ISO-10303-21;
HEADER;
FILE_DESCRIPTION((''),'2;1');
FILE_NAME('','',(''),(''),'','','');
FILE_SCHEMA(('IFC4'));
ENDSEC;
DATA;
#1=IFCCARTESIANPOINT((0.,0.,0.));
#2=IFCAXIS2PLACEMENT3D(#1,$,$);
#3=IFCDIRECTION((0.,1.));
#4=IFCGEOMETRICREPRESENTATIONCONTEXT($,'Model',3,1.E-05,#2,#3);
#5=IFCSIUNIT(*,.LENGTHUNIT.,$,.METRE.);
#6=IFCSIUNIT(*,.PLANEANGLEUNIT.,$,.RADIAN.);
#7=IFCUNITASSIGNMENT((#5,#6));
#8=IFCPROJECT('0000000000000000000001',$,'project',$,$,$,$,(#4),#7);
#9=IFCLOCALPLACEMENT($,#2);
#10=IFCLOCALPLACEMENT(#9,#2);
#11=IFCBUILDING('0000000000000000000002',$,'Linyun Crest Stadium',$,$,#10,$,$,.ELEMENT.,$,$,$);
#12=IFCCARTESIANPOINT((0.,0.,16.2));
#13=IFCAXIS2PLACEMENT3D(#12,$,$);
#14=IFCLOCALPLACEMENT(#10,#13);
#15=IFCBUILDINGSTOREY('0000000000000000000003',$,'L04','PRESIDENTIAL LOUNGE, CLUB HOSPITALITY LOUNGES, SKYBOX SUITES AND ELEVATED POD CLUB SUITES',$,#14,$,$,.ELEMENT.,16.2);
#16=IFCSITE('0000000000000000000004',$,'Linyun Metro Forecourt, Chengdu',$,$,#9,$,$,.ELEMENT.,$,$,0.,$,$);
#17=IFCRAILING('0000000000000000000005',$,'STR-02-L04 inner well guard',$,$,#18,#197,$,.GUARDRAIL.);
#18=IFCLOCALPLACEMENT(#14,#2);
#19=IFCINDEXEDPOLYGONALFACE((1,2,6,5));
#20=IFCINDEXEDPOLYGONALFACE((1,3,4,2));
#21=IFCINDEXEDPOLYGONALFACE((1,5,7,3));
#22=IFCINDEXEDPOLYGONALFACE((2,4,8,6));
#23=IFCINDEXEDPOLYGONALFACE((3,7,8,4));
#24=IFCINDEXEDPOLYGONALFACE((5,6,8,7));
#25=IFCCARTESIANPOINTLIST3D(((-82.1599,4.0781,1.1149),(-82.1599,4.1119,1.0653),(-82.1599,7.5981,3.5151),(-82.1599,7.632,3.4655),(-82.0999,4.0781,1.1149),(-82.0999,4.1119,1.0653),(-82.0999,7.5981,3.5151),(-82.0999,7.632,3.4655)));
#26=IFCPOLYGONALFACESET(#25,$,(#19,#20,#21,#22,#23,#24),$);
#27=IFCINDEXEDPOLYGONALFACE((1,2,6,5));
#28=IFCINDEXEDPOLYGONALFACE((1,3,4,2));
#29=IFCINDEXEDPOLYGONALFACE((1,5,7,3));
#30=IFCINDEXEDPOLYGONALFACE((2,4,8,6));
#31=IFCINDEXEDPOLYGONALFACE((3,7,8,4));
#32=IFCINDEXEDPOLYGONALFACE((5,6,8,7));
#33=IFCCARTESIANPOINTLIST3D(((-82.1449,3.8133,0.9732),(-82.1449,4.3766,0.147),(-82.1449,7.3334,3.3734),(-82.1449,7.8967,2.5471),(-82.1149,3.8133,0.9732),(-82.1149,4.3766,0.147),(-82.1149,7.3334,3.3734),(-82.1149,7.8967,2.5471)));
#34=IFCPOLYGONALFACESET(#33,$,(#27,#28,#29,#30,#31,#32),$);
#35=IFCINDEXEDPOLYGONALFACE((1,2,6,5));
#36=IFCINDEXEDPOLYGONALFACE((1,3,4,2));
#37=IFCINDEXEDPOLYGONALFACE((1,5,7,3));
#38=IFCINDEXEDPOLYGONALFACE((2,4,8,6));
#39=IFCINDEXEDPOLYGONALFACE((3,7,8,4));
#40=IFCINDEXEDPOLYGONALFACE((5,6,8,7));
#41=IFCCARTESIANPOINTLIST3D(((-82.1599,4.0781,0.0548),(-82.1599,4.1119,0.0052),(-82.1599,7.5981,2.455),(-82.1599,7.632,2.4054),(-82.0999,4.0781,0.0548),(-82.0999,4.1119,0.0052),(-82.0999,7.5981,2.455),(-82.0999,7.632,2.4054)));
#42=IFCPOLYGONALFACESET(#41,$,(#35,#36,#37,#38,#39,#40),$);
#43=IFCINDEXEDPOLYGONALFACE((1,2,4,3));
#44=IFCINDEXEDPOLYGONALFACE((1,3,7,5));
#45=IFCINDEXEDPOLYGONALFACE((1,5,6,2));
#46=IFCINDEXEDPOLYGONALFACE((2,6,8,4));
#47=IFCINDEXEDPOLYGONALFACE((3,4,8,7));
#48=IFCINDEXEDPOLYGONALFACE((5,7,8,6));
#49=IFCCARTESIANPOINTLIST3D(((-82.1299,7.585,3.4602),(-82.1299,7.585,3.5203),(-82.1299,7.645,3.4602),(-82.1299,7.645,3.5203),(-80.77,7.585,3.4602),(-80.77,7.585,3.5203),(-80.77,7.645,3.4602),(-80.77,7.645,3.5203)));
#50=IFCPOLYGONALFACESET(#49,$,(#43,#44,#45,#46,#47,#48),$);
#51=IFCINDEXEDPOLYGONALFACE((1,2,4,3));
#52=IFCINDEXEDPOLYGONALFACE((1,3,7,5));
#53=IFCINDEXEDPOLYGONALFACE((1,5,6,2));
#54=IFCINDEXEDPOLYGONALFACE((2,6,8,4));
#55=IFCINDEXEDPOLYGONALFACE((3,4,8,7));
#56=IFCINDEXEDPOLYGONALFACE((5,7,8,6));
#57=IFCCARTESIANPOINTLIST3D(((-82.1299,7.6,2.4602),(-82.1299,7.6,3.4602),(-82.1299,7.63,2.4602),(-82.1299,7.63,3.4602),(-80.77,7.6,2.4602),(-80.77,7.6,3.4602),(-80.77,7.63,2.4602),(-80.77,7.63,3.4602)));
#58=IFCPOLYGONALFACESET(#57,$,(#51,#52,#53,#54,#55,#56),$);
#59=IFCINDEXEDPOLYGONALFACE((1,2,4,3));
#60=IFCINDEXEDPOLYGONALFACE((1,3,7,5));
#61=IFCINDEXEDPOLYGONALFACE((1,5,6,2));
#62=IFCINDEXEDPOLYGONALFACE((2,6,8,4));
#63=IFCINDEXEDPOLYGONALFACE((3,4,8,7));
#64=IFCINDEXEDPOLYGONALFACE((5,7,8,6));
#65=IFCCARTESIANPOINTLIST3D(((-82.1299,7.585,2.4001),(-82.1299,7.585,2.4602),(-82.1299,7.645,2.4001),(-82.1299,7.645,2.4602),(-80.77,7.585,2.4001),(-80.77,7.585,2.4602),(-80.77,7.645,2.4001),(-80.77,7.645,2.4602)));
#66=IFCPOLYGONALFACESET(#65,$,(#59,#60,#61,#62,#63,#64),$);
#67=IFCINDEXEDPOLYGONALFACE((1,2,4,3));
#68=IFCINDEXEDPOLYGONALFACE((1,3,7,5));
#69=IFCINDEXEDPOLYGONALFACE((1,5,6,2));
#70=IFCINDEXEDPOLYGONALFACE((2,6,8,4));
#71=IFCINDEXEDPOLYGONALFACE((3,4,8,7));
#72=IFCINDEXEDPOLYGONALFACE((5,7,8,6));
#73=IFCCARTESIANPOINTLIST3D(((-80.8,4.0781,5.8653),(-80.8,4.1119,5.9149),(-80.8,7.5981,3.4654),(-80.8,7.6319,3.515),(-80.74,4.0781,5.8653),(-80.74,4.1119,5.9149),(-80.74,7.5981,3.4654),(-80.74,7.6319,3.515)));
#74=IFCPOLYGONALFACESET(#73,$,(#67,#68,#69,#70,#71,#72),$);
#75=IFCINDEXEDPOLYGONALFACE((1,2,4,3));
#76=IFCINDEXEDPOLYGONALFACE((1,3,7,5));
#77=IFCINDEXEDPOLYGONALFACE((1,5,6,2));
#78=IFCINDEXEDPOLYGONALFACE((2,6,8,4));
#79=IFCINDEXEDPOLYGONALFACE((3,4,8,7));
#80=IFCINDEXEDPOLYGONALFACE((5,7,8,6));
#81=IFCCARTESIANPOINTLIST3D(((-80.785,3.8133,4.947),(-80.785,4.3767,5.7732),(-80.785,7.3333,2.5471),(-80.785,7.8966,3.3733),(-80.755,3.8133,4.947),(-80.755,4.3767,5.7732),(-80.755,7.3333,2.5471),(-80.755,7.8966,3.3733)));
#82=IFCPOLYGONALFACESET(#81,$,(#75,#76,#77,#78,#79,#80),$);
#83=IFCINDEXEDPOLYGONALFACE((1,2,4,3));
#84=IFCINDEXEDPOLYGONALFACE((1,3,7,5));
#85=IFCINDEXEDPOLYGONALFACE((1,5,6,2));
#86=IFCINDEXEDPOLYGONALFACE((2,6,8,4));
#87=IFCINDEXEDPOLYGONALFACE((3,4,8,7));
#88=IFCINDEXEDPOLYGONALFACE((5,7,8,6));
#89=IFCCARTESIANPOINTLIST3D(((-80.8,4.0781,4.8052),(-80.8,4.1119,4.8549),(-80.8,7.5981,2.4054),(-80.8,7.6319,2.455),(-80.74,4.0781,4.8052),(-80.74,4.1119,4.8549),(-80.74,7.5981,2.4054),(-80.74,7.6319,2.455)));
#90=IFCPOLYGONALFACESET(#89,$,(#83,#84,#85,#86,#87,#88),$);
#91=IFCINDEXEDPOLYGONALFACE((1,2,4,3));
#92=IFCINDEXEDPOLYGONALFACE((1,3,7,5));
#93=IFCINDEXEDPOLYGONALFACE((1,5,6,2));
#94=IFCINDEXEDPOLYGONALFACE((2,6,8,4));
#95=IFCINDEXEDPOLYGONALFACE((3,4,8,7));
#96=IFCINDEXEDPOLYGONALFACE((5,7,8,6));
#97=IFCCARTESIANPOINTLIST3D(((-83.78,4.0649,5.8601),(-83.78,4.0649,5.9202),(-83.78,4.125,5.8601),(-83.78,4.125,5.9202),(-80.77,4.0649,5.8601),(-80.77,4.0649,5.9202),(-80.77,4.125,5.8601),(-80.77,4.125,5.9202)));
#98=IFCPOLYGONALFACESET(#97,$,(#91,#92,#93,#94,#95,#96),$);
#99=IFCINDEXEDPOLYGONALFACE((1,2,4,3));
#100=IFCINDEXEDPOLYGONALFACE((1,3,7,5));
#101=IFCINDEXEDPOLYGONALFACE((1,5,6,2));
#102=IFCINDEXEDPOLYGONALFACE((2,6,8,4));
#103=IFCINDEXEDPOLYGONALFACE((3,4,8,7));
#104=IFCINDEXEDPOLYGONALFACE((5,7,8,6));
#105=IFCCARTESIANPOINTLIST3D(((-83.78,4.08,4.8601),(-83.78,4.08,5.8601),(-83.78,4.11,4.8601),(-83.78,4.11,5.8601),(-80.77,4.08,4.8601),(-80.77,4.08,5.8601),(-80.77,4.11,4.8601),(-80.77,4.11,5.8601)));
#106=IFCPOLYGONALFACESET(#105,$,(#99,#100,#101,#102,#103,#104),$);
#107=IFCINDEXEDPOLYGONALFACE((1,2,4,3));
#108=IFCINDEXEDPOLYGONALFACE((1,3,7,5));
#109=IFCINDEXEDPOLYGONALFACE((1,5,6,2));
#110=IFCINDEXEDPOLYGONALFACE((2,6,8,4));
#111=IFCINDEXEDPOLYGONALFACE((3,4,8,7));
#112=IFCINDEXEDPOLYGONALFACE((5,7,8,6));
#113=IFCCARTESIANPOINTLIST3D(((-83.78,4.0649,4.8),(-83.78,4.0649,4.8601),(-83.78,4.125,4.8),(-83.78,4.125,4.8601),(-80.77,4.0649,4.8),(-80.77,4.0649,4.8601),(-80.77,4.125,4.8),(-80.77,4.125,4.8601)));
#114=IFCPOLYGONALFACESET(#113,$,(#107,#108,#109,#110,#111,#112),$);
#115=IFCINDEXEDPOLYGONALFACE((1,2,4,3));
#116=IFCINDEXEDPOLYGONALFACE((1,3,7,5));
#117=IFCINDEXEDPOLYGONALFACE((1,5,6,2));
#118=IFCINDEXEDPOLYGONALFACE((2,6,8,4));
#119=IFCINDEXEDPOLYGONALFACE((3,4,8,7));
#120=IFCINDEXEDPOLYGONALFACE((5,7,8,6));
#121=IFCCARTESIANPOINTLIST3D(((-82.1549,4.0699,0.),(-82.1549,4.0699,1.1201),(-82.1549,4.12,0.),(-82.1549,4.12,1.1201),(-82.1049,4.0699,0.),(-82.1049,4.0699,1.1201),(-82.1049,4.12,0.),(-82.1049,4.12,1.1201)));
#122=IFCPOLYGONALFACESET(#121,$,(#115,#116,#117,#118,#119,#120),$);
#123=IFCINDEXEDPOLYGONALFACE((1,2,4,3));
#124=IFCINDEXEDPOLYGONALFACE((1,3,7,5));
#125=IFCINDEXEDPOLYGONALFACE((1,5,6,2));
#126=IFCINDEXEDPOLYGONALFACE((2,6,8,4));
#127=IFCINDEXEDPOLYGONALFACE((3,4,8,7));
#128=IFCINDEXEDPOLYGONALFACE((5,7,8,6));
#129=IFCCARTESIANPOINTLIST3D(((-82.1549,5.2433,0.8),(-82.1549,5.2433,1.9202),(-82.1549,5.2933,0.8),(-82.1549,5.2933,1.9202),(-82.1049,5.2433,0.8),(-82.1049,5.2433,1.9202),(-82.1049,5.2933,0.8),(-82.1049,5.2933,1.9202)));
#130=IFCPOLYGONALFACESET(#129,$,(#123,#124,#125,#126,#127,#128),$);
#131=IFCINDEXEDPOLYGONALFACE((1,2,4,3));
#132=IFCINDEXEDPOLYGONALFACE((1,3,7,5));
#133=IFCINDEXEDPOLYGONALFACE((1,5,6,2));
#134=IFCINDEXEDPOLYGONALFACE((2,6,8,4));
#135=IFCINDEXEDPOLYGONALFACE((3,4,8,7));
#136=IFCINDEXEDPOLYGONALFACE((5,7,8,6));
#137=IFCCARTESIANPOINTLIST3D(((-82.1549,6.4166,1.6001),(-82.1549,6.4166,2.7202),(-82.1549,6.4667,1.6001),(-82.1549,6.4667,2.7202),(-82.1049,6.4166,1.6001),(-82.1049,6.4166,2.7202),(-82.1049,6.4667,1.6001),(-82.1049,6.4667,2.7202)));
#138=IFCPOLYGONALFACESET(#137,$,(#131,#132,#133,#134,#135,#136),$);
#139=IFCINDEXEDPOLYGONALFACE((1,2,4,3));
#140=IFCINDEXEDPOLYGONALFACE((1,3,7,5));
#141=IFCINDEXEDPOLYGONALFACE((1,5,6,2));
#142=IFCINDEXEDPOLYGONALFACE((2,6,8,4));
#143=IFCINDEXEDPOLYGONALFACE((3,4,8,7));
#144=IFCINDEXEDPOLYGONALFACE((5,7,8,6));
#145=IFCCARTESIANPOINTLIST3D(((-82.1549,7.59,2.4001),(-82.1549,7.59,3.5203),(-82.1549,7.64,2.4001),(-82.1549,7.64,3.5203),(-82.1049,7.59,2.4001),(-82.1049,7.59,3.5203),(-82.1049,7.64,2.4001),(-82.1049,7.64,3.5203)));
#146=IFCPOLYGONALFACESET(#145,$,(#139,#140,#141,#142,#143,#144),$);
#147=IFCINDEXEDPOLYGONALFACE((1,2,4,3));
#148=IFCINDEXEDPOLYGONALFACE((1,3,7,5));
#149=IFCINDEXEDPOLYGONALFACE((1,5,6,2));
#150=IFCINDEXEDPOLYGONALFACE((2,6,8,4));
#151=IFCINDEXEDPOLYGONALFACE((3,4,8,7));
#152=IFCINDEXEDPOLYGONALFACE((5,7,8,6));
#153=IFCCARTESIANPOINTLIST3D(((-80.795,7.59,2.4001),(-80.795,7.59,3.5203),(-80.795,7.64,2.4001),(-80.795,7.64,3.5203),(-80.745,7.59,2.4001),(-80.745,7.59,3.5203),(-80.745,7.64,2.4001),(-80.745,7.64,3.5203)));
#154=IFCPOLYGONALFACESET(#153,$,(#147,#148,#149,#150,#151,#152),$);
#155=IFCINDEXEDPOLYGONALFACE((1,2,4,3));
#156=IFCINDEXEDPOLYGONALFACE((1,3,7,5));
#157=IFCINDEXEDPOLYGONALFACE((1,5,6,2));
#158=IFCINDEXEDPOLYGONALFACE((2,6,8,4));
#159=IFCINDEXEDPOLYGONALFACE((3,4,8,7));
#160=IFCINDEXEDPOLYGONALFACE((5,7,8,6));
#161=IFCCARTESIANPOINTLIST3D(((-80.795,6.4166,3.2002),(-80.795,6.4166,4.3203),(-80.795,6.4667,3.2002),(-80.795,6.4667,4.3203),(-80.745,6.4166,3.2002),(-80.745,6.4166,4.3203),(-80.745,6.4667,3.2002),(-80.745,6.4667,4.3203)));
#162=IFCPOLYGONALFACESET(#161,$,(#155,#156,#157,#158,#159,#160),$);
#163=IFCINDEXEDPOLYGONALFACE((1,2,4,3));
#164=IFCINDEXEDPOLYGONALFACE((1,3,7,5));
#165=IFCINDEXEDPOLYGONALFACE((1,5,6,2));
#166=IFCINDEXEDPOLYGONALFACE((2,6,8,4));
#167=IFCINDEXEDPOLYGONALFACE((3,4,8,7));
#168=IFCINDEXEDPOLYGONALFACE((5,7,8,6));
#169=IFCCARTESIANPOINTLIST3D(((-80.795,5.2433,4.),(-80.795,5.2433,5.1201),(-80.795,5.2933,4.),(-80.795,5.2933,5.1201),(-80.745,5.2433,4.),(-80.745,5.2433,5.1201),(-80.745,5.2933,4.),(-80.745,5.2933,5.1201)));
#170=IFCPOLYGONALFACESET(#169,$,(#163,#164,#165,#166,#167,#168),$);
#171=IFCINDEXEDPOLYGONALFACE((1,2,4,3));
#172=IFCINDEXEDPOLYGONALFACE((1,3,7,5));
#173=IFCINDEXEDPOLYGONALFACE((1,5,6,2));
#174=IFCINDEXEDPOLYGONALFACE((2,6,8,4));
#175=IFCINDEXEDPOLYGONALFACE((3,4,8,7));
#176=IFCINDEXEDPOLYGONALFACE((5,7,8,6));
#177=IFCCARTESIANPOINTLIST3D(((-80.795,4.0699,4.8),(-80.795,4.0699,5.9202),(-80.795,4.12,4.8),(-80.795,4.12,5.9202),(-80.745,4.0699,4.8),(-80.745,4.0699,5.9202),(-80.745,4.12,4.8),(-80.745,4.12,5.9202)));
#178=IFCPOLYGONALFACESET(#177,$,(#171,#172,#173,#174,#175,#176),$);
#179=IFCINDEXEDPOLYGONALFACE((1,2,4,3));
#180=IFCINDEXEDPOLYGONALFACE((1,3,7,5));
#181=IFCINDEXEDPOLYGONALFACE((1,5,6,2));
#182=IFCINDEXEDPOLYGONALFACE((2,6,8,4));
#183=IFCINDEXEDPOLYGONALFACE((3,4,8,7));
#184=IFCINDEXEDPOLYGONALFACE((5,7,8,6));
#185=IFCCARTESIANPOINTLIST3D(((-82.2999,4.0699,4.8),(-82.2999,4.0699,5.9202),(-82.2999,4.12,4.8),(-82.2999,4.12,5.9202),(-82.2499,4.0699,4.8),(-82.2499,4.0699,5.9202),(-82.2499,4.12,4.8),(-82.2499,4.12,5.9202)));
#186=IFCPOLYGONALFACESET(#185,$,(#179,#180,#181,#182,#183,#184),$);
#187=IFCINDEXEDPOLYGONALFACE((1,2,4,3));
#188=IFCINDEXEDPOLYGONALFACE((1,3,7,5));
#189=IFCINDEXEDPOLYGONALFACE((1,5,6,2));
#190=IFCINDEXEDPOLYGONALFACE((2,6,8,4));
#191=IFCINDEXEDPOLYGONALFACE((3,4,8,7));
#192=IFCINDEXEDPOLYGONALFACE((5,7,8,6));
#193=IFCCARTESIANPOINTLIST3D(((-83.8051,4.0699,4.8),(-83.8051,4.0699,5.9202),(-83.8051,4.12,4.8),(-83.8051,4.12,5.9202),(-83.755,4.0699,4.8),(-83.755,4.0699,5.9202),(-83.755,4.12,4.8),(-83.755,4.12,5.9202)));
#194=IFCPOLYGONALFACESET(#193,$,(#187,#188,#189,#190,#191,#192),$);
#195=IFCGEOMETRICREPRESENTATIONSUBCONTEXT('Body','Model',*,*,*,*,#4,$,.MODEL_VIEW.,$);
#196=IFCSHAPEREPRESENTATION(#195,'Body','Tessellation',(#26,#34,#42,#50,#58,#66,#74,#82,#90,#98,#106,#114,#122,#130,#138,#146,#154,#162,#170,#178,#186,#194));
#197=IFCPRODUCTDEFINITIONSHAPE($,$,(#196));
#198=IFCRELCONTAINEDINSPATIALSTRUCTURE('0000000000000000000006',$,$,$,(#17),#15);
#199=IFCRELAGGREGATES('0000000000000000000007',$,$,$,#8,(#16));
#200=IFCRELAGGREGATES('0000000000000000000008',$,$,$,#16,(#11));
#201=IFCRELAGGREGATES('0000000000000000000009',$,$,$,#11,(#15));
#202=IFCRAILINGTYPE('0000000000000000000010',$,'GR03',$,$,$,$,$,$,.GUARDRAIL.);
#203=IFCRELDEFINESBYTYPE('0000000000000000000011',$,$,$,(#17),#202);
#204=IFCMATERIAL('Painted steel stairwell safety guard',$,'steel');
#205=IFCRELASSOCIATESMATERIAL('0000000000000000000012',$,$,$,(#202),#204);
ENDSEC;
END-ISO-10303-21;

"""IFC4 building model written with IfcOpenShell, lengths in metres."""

from ifc_helpers import new_model, si_unit, direction, frame, origin, origin_2d, place, context, subcontext, project, spatial, rectangle, extrude, material, type_object, element, save


model = new_model("IFC4")

# Units and contexts
model_context = context("Model", 3, precision=1e-05, world=origin(), true_north=direction((0.0, 1.0)))
body_context = subcontext(model_context, "Body", "Model", "MODEL_VIEW")
ifc_project = project(units=[si_unit("LENGTHUNIT", "METRE"), si_unit("PLANEANGLEUNIT", "RADIAN")], contexts=[model_context])

# Site, building, storey
site_placement = place(None, origin())
site = spatial("IfcSite", under=ifc_project, at=site_placement, Name="Linyun Metro Forecourt, Chengdu", CompositionType="ELEMENT", RefElevation=0.0)
building_placement = place(site_placement, origin())
building = spatial("IfcBuilding", under=site, at=building_placement, Name="Linyun Crest Stadium", CompositionType="ELEMENT")
storey_placement = place(building_placement, frame((0.0, 0.0, 16.2)))
storey = spatial("IfcBuildingStorey", under=building, at=storey_placement, Name="L04", Description="PRESIDENTIAL LOUNGE, CLUB HOSPITALITY LOUNGES, SKYBOX SUITES AND ELEVATED POD CLUB SUITES", CompositionType="ELEMENT", Elevation=16.2)

# Railing
ifc_material_1 = material(Name="Painted steel stairwell safety guard", Category="steel")
railing_type_1 = type_object("IfcRailingType", Name="GR03", PredefinedType="GUARDRAIL", material=ifc_material_1)
railing_1_placement = place(storey_placement, frame((-82.1299, 4.095, 0.0)))
element("IfcRailing", 1, at=railing_1_placement, inside=storey, type_object=railing_type_1, Name="STR-02-L04 inner well guard", PredefinedType="GUARDRAIL", context=body_context, shape_type="SweptSolid", body=[
    extrude(rectangle(XDim=0.0601, YDim=0.0601, at=origin_2d()), frame((0.0, 0.0, 1.0901), z_axis=(0.0, 0.826213, 0.563358), x_axis=(-1.0, 0.0, 0.0)), (0.0, 0.0, 1.0), 4.2605),
    extrude(rectangle(XDim=0.03, YDim=1.0, at=origin_2d()), frame((0.0, 0.0, 0.5601), z_axis=(0.0, 0.826213, 0.563358), x_axis=(-1.0, 0.0, 0.0)), (0.0, 0.0, 1.0), 4.2605),
    extrude(rectangle(XDim=0.0601, YDim=0.0601, at=origin_2d()), frame((0.0, 0.0, 0.03), z_axis=(0.0, 0.826213, 0.563358), x_axis=(-1.0, 0.0, 0.0)), (0.0, 0.0, 1.0), 4.2605),
    extrude(rectangle(XDim=0.0601, YDim=0.0601, at=origin_2d()), frame((0.0, 3.52, 3.4902), z_axis=(1.0, 0.0, 0.0), x_axis=(0.0, 1.0, 0.0)), (0.0, 0.0, 1.0), 1.3599),
    extrude(rectangle(XDim=0.03, YDim=1.0, at=origin_2d()), frame((0.0, 3.52, 2.9602), z_axis=(1.0, 0.0, 0.0), x_axis=(0.0, 1.0, 0.0)), (0.0, 0.0, 1.0), 1.3599),
    extrude(rectangle(XDim=0.0601, YDim=0.0601, at=origin_2d()), frame((0.0, 3.52, 2.4302), z_axis=(1.0, 0.0, 0.0), x_axis=(0.0, 1.0, 0.0)), (0.0, 0.0, 1.0), 1.3599),
    extrude(rectangle(XDim=0.0601, YDim=0.0601, at=origin_2d()), frame((1.3599, 3.52, 3.4902), z_axis=(0.0, -0.826239, 0.563319), x_axis=(1.0, 0.0, 0.0)), (0.0, 0.0, 1.0), 4.2603),
    extrude(rectangle(XDim=0.03, YDim=1.0, at=origin_2d()), frame((1.3599, 3.52, 2.9602), z_axis=(0.0, -0.826239, 0.563319), x_axis=(1.0, 0.0, 0.0)), (0.0, 0.0, 1.0), 4.2603),
    extrude(rectangle(XDim=0.0601, YDim=0.0601, at=origin_2d()), frame((1.3599, 3.52, 2.4302), z_axis=(0.0, -0.826239, 0.563319), x_axis=(1.0, 0.0, 0.0)), (0.0, 0.0, 1.0), 4.2603),
    extrude(rectangle(XDim=0.0601, YDim=0.0601, at=origin_2d()), frame((1.3599, 0.0, 5.8901), z_axis=(-1.0, 0.0, 0.0), x_axis=(0.0, -1.0, 0.0)), (0.0, 0.0, 1.0), 3.01),
    extrude(rectangle(XDim=0.03, YDim=1.0, at=origin_2d()), frame((1.3599, 0.0, 5.3601), z_axis=(-1.0, 0.0, 0.0), x_axis=(0.0, -1.0, 0.0)), (0.0, 0.0, 1.0), 3.01),
    extrude(rectangle(XDim=0.0601, YDim=0.0601, at=origin_2d()), frame((1.3599, 0.0, 4.8301), z_axis=(-1.0, 0.0, 0.0), x_axis=(0.0, -1.0, 0.0)), (0.0, 0.0, 1.0), 3.01),
    extrude(rectangle(XDim=0.05, YDim=0.05, at=origin_2d()), origin(), (0.0, 0.0, 1.0), 1.1201),
    extrude(rectangle(XDim=0.05, YDim=0.05, at=origin_2d()), frame((0.0, 1.1733, 0.8)), (0.0, 0.0, 1.0), 1.1201),
    extrude(rectangle(XDim=0.05, YDim=0.05, at=origin_2d()), frame((0.0, 2.3467, 1.6001)), (0.0, 0.0, 1.0), 1.1201),
    extrude(rectangle(XDim=0.05, YDim=0.05, at=origin_2d()), frame((0.0, 3.52, 2.4001)), (0.0, 0.0, 1.0), 1.1201),
    extrude(rectangle(XDim=0.05, YDim=0.05, at=origin_2d()), frame((1.3599, 3.52, 2.4001)), (0.0, 0.0, 1.0), 1.1201),
    extrude(rectangle(XDim=0.05, YDim=0.05, at=origin_2d()), frame((1.3599, 2.3467, 3.2002)), (0.0, 0.0, 1.0), 1.1201),
    extrude(rectangle(XDim=0.05, YDim=0.05, at=origin_2d()), frame((1.3599, 1.1733, 4.0)), (0.0, 0.0, 1.0), 1.1201),
    extrude(rectangle(XDim=0.05, YDim=0.05, at=origin_2d()), frame((1.3599, 0.0, 4.8)), (0.0, 0.0, 1.0), 1.1201),
    extrude(rectangle(XDim=0.05, YDim=0.05, at=origin_2d()), frame((-0.145, 0.0, 4.8)), (0.0, 0.0, 1.0), 1.1201),
    extrude(rectangle(XDim=0.05, YDim=0.05, at=origin_2d()), frame((-1.6501, 0.0, 4.8)), (0.0, 0.0, 1.0), 1.1201),
])

save(model, "model.ifc")
